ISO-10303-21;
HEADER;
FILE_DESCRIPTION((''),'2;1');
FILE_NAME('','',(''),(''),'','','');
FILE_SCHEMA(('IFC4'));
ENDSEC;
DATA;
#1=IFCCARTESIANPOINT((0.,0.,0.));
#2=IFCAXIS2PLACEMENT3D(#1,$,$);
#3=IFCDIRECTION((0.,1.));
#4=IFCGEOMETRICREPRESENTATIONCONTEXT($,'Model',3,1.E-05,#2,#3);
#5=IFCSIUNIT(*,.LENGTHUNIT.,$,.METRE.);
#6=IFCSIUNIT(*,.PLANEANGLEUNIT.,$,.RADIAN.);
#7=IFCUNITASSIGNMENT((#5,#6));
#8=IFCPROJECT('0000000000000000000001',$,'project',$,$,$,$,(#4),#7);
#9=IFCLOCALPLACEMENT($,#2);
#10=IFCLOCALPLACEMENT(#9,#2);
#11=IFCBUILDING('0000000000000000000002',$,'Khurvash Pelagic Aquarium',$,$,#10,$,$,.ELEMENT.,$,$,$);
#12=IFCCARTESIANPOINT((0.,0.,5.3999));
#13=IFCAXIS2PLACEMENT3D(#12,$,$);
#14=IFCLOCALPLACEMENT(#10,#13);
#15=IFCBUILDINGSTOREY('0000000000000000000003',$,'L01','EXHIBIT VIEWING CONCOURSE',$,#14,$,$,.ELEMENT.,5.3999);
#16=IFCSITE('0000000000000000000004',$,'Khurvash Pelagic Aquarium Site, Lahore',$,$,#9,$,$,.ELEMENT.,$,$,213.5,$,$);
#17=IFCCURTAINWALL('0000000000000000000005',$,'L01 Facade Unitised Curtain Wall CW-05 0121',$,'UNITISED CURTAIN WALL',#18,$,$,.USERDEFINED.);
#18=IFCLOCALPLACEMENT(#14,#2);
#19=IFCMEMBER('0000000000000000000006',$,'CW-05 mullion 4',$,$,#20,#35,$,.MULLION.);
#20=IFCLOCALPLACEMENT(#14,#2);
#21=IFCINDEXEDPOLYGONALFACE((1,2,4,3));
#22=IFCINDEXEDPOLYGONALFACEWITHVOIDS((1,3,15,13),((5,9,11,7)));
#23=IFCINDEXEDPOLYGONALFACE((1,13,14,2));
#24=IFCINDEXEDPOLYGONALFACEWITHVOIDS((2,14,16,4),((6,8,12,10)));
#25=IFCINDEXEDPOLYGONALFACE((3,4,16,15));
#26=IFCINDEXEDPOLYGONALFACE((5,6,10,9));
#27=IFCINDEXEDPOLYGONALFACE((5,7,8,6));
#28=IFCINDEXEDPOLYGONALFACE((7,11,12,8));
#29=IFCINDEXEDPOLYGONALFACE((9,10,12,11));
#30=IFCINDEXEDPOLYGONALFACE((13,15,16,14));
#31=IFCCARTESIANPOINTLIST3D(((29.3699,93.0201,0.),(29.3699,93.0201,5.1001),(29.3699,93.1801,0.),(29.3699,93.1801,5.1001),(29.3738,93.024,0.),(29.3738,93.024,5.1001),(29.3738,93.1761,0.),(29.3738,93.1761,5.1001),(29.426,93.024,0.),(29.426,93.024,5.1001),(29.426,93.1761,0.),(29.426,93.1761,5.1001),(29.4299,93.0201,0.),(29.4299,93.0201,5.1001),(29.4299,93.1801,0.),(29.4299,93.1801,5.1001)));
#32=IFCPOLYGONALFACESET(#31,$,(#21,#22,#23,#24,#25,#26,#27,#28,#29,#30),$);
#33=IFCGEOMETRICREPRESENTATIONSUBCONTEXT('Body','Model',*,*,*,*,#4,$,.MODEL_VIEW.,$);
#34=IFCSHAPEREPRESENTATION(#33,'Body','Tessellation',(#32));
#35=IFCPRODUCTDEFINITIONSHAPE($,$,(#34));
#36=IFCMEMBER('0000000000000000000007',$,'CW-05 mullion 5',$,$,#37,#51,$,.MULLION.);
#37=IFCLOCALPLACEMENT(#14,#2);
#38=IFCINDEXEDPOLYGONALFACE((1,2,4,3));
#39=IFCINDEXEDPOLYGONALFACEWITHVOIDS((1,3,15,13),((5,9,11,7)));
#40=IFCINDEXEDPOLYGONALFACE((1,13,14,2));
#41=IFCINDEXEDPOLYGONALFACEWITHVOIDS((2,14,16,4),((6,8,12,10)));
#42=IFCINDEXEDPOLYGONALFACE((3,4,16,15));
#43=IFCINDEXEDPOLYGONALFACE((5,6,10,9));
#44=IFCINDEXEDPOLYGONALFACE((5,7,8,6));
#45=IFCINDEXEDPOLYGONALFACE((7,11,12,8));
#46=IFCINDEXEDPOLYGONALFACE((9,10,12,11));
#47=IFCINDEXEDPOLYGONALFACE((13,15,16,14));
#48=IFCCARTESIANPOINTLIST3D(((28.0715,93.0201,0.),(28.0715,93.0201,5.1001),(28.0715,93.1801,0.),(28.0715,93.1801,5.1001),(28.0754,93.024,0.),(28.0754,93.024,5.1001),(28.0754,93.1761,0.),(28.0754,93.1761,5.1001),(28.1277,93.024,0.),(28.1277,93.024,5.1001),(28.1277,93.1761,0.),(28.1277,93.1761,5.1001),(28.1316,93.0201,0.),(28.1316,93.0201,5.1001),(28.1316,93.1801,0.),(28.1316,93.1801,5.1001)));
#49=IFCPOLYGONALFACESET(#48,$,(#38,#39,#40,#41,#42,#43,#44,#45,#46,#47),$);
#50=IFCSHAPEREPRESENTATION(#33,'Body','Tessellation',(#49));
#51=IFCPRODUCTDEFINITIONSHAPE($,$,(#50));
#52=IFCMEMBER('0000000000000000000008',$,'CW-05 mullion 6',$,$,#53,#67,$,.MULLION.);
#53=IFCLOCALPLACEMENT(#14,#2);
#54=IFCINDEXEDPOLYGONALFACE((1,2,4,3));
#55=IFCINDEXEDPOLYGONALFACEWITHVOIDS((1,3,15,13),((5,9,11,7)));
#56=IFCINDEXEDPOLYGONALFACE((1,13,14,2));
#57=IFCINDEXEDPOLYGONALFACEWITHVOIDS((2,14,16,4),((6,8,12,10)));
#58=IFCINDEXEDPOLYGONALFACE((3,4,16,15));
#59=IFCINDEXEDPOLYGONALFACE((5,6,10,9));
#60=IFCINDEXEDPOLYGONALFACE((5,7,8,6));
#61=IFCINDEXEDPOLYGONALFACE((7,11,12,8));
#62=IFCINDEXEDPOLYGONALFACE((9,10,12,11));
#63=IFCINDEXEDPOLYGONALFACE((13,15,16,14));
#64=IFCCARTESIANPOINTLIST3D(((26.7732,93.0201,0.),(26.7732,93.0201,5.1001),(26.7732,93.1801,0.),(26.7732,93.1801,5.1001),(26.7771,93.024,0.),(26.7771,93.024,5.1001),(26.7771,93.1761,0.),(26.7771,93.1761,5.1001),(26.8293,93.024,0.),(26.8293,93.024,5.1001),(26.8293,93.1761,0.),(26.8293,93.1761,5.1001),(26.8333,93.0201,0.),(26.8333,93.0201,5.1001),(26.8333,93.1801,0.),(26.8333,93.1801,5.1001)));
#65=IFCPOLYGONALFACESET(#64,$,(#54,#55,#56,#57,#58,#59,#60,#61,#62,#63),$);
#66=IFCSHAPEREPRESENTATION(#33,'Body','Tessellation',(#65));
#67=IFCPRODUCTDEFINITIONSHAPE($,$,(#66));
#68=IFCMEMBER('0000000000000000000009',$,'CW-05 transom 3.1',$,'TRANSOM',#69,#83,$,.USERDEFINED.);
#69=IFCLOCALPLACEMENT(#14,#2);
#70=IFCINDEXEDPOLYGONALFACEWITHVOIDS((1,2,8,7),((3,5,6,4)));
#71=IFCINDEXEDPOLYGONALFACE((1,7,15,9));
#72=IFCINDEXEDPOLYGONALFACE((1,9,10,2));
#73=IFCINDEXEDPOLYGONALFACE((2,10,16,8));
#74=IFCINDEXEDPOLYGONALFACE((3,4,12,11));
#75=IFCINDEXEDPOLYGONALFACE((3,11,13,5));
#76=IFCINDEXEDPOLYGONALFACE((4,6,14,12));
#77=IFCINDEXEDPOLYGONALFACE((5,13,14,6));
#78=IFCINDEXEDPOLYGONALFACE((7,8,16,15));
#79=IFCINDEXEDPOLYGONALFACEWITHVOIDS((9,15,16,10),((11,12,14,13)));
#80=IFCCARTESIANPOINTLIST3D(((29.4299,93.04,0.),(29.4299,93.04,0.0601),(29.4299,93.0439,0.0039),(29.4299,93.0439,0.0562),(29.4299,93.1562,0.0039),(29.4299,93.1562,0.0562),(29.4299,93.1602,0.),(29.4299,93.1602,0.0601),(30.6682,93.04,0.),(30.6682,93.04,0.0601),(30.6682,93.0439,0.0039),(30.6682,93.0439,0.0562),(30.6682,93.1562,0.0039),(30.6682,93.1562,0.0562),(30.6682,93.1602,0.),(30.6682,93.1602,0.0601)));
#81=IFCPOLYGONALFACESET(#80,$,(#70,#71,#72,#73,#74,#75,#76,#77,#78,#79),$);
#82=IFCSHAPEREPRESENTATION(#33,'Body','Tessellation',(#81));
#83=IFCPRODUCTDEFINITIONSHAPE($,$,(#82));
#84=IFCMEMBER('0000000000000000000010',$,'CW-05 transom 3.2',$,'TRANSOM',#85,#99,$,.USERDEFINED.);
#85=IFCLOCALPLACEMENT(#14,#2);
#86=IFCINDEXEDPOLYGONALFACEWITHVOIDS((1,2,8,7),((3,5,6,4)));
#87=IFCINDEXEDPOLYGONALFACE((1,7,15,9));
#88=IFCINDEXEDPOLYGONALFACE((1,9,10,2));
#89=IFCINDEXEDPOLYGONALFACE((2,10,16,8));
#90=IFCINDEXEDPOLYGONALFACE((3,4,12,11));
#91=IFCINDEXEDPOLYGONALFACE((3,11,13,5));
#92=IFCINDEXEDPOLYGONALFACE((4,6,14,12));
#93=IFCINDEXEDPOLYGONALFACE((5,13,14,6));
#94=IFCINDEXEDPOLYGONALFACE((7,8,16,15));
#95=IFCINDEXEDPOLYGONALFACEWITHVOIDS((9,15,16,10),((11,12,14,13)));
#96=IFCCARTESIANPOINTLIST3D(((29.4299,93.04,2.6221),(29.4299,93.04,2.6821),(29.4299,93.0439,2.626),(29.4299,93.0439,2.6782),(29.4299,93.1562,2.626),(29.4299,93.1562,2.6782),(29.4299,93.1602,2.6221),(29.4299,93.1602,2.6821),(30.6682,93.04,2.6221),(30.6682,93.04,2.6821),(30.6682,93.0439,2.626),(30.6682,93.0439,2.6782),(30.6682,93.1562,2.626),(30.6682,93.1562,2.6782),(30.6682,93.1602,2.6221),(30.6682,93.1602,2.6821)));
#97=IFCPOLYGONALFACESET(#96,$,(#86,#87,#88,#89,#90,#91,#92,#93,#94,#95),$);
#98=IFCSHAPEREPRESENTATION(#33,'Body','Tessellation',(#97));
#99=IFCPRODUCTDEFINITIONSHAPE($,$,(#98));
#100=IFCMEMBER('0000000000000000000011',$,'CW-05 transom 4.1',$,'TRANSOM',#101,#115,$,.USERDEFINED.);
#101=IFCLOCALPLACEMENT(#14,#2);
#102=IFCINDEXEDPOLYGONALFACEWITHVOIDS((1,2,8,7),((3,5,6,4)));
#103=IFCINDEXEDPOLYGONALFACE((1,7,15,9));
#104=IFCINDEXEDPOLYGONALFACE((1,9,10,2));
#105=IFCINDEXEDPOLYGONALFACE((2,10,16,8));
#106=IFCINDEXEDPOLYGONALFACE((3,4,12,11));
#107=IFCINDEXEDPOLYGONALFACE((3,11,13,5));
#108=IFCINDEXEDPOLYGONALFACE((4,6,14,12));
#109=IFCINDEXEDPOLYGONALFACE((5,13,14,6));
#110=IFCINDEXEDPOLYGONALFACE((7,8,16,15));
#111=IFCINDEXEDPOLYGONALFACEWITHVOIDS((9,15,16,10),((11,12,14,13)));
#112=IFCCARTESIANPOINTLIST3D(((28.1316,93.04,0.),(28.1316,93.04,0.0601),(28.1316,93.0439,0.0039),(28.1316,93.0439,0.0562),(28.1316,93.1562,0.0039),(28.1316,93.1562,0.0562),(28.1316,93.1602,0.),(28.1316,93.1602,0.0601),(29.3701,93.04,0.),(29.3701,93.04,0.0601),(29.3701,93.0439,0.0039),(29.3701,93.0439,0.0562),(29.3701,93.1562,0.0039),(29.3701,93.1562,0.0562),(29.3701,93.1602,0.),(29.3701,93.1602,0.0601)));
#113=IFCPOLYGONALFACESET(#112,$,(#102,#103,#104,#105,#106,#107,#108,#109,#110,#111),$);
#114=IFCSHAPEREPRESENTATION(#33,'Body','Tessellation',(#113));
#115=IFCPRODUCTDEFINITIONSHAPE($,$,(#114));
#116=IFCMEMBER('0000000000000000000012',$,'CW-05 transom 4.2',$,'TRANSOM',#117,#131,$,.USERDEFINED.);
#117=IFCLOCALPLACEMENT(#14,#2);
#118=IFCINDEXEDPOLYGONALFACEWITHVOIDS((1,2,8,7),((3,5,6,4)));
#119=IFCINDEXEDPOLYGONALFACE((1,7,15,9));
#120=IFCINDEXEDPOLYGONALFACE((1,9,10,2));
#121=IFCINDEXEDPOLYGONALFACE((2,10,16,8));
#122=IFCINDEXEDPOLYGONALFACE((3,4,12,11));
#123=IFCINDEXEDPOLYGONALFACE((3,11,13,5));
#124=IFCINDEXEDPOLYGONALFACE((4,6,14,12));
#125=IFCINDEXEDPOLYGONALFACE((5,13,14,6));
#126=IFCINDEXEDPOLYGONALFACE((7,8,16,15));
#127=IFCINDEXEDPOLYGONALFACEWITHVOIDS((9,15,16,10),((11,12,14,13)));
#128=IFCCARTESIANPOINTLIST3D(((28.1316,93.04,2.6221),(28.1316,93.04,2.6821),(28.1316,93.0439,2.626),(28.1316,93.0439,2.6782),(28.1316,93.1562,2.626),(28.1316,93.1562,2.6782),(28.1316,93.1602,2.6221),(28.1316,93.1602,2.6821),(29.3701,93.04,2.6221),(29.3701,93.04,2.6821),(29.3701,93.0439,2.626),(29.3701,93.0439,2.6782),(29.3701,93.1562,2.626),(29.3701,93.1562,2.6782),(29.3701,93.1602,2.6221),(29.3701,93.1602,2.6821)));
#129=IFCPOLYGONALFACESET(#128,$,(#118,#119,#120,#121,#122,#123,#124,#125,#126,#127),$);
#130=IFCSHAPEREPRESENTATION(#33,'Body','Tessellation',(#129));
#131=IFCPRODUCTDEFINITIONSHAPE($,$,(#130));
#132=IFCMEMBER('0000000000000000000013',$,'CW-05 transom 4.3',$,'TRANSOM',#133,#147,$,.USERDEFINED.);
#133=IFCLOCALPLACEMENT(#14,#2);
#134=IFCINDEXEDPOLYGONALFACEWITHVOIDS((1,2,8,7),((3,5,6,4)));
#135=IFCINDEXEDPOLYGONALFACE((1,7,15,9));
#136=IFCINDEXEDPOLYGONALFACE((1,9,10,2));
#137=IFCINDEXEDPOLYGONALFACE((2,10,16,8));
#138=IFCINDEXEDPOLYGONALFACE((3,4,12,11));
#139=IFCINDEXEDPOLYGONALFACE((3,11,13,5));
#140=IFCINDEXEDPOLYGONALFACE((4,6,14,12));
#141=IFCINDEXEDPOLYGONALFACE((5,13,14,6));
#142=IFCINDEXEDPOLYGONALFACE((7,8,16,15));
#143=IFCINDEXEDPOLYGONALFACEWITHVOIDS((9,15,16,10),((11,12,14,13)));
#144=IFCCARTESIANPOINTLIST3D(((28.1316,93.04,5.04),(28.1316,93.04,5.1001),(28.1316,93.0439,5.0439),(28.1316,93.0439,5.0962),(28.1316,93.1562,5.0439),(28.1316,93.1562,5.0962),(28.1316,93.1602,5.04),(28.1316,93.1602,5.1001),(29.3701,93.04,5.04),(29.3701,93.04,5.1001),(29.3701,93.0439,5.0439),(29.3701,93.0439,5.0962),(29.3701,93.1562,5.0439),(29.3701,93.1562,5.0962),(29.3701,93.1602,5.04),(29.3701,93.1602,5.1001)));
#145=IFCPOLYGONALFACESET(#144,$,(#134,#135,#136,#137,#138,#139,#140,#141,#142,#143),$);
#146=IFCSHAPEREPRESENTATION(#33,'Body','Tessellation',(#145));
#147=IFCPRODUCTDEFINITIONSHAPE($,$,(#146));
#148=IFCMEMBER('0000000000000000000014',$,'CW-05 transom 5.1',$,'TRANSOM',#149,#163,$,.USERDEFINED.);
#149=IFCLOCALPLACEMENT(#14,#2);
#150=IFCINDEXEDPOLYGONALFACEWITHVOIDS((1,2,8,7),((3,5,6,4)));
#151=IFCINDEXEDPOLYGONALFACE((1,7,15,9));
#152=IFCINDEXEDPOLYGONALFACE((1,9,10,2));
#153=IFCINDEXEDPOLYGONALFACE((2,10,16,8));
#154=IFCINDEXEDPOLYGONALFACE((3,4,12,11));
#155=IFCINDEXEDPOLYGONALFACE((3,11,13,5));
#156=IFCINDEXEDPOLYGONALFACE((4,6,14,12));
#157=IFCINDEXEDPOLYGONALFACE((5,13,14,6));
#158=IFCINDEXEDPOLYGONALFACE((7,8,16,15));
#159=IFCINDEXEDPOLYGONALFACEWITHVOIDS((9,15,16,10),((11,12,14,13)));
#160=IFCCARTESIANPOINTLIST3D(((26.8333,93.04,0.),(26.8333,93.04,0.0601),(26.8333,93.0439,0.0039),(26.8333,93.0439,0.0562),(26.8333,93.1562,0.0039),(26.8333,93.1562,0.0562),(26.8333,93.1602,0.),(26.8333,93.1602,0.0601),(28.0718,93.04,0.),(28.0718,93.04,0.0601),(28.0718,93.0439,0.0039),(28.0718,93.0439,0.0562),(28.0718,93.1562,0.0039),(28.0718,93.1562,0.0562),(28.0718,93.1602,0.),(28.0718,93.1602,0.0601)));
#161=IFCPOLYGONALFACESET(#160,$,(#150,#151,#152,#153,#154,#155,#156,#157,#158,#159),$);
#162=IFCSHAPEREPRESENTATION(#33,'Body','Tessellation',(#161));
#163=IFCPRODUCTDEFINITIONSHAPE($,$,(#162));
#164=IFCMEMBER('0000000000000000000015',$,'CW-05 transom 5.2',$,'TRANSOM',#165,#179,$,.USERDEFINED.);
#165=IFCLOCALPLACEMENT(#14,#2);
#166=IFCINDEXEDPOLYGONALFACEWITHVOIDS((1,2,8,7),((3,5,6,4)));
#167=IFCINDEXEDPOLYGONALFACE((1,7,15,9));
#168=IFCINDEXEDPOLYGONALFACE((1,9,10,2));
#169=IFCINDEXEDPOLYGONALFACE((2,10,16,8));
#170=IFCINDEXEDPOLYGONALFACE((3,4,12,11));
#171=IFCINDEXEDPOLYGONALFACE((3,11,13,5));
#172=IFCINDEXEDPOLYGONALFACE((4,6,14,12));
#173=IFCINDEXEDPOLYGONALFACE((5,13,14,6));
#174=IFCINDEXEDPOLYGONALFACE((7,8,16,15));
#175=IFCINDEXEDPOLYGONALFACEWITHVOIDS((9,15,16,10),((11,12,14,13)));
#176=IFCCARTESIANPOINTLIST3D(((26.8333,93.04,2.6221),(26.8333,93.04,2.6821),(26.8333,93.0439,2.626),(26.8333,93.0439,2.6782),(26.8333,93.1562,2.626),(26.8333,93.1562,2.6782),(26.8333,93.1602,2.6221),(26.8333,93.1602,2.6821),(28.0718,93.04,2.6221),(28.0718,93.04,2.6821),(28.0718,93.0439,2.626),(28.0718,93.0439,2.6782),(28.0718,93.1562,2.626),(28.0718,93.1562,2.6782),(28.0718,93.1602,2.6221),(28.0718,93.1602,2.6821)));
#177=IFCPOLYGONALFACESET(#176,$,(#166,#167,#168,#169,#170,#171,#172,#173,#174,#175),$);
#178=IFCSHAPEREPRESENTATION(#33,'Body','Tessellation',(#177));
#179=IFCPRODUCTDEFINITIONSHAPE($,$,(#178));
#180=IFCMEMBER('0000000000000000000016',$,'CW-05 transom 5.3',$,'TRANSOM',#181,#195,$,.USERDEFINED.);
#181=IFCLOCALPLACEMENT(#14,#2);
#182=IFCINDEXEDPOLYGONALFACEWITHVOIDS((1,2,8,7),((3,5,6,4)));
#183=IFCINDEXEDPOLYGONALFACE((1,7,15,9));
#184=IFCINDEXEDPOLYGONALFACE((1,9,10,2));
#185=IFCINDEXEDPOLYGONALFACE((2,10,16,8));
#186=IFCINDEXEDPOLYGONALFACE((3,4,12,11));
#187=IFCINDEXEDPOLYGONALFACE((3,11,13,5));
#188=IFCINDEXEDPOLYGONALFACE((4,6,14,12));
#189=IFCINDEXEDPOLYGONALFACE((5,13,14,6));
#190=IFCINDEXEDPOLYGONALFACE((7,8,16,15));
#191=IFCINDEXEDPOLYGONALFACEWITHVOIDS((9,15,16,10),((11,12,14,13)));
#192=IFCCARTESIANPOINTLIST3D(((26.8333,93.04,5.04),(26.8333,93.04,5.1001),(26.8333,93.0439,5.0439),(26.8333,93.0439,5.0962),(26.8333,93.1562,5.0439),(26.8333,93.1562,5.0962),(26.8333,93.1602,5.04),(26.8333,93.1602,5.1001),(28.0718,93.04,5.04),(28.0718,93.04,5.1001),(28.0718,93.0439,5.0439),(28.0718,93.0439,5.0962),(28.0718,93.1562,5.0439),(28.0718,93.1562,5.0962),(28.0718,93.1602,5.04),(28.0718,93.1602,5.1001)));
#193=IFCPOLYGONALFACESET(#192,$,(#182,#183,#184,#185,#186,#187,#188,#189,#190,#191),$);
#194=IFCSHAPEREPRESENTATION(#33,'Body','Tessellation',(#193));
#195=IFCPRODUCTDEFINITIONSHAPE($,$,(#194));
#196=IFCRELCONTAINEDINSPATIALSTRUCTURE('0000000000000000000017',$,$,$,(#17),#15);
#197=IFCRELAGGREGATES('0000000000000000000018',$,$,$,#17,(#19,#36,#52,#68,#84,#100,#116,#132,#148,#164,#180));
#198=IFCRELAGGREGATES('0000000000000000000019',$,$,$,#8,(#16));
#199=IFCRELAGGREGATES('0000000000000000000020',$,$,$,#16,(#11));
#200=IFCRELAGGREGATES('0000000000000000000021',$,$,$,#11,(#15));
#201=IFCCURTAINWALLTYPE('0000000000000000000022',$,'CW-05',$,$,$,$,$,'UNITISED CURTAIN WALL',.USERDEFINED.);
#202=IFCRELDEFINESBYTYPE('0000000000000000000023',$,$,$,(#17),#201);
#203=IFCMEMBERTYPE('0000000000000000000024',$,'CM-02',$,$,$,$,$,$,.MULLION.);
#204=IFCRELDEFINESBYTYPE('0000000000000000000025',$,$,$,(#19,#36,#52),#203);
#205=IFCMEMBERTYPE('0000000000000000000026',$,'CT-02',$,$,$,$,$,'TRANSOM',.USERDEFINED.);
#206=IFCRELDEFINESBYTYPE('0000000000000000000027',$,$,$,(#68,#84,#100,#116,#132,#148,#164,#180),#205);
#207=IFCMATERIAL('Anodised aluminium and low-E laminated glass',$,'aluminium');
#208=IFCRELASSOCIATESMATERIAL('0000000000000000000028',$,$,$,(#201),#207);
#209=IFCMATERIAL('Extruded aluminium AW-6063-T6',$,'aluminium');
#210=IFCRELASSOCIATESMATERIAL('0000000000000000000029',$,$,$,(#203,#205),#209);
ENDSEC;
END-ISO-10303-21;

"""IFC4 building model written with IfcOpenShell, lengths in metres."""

from ifc_helpers import new_model, si_unit, direction, frame, origin, origin_2d, place, context, subcontext, project, spatial, hollow_rectangle, extrude, material, material_profile, profile_set, type_object, element, aggregate, save


model = new_model("IFC4")

# Units and contexts
model_context = context("Model", 3, precision=1e-05, world=origin(), true_north=direction((0.0, 1.0)))
body_context = subcontext(model_context, "Body", "Model", "MODEL_VIEW")
ifc_project = project(units=[si_unit("LENGTHUNIT", "METRE"), si_unit("PLANEANGLEUNIT", "RADIAN")], contexts=[model_context])

# Site, building, storey
site_placement = place(None, origin())
site = spatial("IfcSite", under=ifc_project, at=site_placement, Name="Khurvash Pelagic Aquarium Site, Lahore", CompositionType="ELEMENT", RefElevation=213.5)
building_placement = place(site_placement, origin())
building = spatial("IfcBuilding", under=site, at=building_placement, Name="Khurvash Pelagic Aquarium", CompositionType="ELEMENT")
storey_placement = place(building_placement, frame((0.0, 0.0, 5.3999)))
storey = spatial("IfcBuildingStorey", under=building, at=storey_placement, Name="L01", Description="EXHIBIT VIEWING CONCOURSE", CompositionType="ELEMENT", Elevation=5.3999)

# Curtain wall, members
ifc_material_1 = material(Name="Anodised aluminium and low-E laminated glass", Category="aluminium")
curtain_wall_type = type_object("IfcCurtainWallType", Name="CW-05", ElementType="UNITISED CURTAIN WALL", PredefinedType="USERDEFINED", material=ifc_material_1)
curtain_wall_placement = place(storey_placement, origin())
curtain_wall = element("IfcCurtainWall", 1, at=curtain_wall_placement, inside=storey, type_object=curtain_wall_type, Name="L01 Facade Unitised Curtain Wall CW-05 0121", ObjectType="UNITISED CURTAIN WALL", PredefinedType="USERDEFINED")
ifc_material_2 = material(Name="Extruded aluminium AW-6063-T6", Category="aluminium")
ifc_material_profile_1 = material_profile(ifc_material_2, hollow_rectangle(XDim=0.0601, YDim=0.1599, WallThickness=0.0039, at=origin_2d()), Name="CWM60X160X4")
ifc_profile_set_1 = profile_set([ifc_material_profile_1], Name="Extruded aluminium AW-6063-T6")
member_type_1 = type_object("IfcMemberType", Name="CM-02", PredefinedType="MULLION", material=ifc_profile_set_1)
member_1_placement = place(storey_placement, frame((29.3999, 93.1001, 0.0), z_axis=(0.0, 0.0, 1.0), x_axis=(-1.0, 0.0, 0.0)))
member_1 = element("IfcMember", 2, at=member_1_placement, type_object=member_type_1, Name="CW-05 mullion 4", PredefinedType="MULLION", context=body_context, shape_type="SweptSolid", body=[
    extrude(hollow_rectangle(XDim=0.0601, YDim=0.1599, WallThickness=0.0039, at=origin_2d()), origin(), (0.0, 0.0, 1.0), 5.1001),
])
member_2_placement = place(storey_placement, frame((28.1016, 93.1001, 0.0), z_axis=(0.0, 0.0, 1.0), x_axis=(-1.0, 0.0, 0.0)))
member_2 = element("IfcMember", 3, at=member_2_placement, type_object=member_type_1, Name="CW-05 mullion 5", PredefinedType="MULLION", context=body_context, shape_type="SweptSolid", body=[
    extrude(hollow_rectangle(XDim=0.0601, YDim=0.1599, WallThickness=0.0039, at=origin_2d()), origin(), (0.0, 0.0, 1.0), 5.1001),
])
member_3_placement = place(storey_placement, frame((26.8032, 93.1001, 0.0), z_axis=(0.0, 0.0, 1.0), x_axis=(-1.0, 0.0, 0.0)))
member_3 = element("IfcMember", 4, at=member_3_placement, type_object=member_type_1, Name="CW-05 mullion 6", PredefinedType="MULLION", context=body_context, shape_type="SweptSolid", body=[
    extrude(hollow_rectangle(XDim=0.0601, YDim=0.1599, WallThickness=0.0039, at=origin_2d()), origin(), (0.0, 0.0, 1.0), 5.1001),
])
ifc_material_profile_2 = material_profile(ifc_material_2, hollow_rectangle(XDim=0.1201, YDim=0.0601, WallThickness=0.0039, at=origin_2d()), Name="CWT120X60X4")
ifc_profile_set_2 = profile_set([ifc_material_profile_2], Name="Extruded aluminium AW-6063-T6")
member_type_2 = type_object("IfcMemberType", Name="CT-02", ElementType="TRANSOM", PredefinedType="USERDEFINED", material=ifc_profile_set_2)
member_4_placement = place(storey_placement, frame((30.6682, 93.1001, 0.03), z_axis=(-1.0, 0.0, 0.0), x_axis=(0.0, -1.0, 0.0)))
member_4 = element("IfcMember", 5, at=member_4_placement, type_object=member_type_2, Name="CW-05 transom 3.1", ObjectType="TRANSOM", PredefinedType="USERDEFINED", context=body_context, shape_type="SweptSolid", body=[
    extrude(hollow_rectangle(XDim=0.1201, YDim=0.0601, WallThickness=0.0039, at=origin_2d()), origin(), (0.0, 0.0, 1.0), 1.2383),
])
member_5_placement = place(storey_placement, frame((30.6682, 93.1001, 2.6521), z_axis=(-1.0, 0.0, 0.0), x_axis=(0.0, -1.0, 0.0)))
member_5 = element("IfcMember", 6, at=member_5_placement, type_object=member_type_2, Name="CW-05 transom 3.2", ObjectType="TRANSOM", PredefinedType="USERDEFINED", context=body_context, shape_type="SweptSolid", body=[
    extrude(hollow_rectangle(XDim=0.1201, YDim=0.0601, WallThickness=0.0039, at=origin_2d()), origin(), (0.0, 0.0, 1.0), 1.2383),
])
member_6_placement = place(storey_placement, frame((29.3701, 93.1001, 0.03), z_axis=(-1.0, 0.0, 0.0), x_axis=(0.0, -1.0, 0.0)))
member_6 = element("IfcMember", 7, at=member_6_placement, type_object=member_type_2, Name="CW-05 transom 4.1", ObjectType="TRANSOM", PredefinedType="USERDEFINED", context=body_context, shape_type="SweptSolid", body=[
    extrude(hollow_rectangle(XDim=0.1201, YDim=0.0601, WallThickness=0.0039, at=origin_2d()), origin(), (0.0, 0.0, 1.0), 1.2385),
])
member_7_placement = place(storey_placement, frame((29.3701, 93.1001, 2.6521), z_axis=(-1.0, 0.0, 0.0), x_axis=(0.0, -1.0, 0.0)))
member_7 = element("IfcMember", 8, at=member_7_placement, type_object=member_type_2, Name="CW-05 transom 4.2", ObjectType="TRANSOM", PredefinedType="USERDEFINED", context=body_context, shape_type="SweptSolid", body=[
    extrude(hollow_rectangle(XDim=0.1201, YDim=0.0601, WallThickness=0.0039, at=origin_2d()), origin(), (0.0, 0.0, 1.0), 1.2385),
])
member_8_placement = place(storey_placement, frame((29.3701, 93.1001, 5.0701), z_axis=(-1.0, 0.0, 0.0), x_axis=(0.0, -1.0, 0.0)))
member_8 = element("IfcMember", 9, at=member_8_placement, type_object=member_type_2, Name="CW-05 transom 4.3", ObjectType="TRANSOM", PredefinedType="USERDEFINED", context=body_context, shape_type="SweptSolid", body=[
    extrude(hollow_rectangle(XDim=0.1201, YDim=0.0601, WallThickness=0.0039, at=origin_2d()), origin(), (0.0, 0.0, 1.0), 1.2385),
])
member_9_placement = place(storey_placement, frame((28.0718, 93.1001, 0.03), z_axis=(-1.0, 0.0, 0.0), x_axis=(0.0, -1.0, 0.0)))
member_9 = element("IfcMember", 10, at=member_9_placement, type_object=member_type_2, Name="CW-05 transom 5.1", ObjectType="TRANSOM", PredefinedType="USERDEFINED", context=body_context, shape_type="SweptSolid", body=[
    extrude(hollow_rectangle(XDim=0.1201, YDim=0.0601, WallThickness=0.0039, at=origin_2d()), origin(), (0.0, 0.0, 1.0), 1.2385),
])
member_10_placement = place(storey_placement, frame((28.0718, 93.1001, 2.6521), z_axis=(-1.0, 0.0, 0.0), x_axis=(0.0, -1.0, 0.0)))
member_10 = element("IfcMember", 11, at=member_10_placement, type_object=member_type_2, Name="CW-05 transom 5.2", ObjectType="TRANSOM", PredefinedType="USERDEFINED", context=body_context, shape_type="SweptSolid", body=[
    extrude(hollow_rectangle(XDim=0.1201, YDim=0.0601, WallThickness=0.0039, at=origin_2d()), origin(), (0.0, 0.0, 1.0), 1.2385),
])
member_11_placement = place(storey_placement, frame((28.0718, 93.1001, 5.0701), z_axis=(-1.0, 0.0, 0.0), x_axis=(0.0, -1.0, 0.0)))
member_11 = element("IfcMember", 12, at=member_11_placement, type_object=member_type_2, Name="CW-05 transom 5.3", ObjectType="TRANSOM", PredefinedType="USERDEFINED", context=body_context, shape_type="SweptSolid", body=[
    extrude(hollow_rectangle(XDim=0.1201, YDim=0.0601, WallThickness=0.0039, at=origin_2d()), origin(), (0.0, 0.0, 1.0), 1.2385),
])
aggregate(curtain_wall, [member_1, member_2, member_3, member_4, member_5, member_6, member_7, member_8, member_9, member_10, member_11])

save(model, "model.ifc")
